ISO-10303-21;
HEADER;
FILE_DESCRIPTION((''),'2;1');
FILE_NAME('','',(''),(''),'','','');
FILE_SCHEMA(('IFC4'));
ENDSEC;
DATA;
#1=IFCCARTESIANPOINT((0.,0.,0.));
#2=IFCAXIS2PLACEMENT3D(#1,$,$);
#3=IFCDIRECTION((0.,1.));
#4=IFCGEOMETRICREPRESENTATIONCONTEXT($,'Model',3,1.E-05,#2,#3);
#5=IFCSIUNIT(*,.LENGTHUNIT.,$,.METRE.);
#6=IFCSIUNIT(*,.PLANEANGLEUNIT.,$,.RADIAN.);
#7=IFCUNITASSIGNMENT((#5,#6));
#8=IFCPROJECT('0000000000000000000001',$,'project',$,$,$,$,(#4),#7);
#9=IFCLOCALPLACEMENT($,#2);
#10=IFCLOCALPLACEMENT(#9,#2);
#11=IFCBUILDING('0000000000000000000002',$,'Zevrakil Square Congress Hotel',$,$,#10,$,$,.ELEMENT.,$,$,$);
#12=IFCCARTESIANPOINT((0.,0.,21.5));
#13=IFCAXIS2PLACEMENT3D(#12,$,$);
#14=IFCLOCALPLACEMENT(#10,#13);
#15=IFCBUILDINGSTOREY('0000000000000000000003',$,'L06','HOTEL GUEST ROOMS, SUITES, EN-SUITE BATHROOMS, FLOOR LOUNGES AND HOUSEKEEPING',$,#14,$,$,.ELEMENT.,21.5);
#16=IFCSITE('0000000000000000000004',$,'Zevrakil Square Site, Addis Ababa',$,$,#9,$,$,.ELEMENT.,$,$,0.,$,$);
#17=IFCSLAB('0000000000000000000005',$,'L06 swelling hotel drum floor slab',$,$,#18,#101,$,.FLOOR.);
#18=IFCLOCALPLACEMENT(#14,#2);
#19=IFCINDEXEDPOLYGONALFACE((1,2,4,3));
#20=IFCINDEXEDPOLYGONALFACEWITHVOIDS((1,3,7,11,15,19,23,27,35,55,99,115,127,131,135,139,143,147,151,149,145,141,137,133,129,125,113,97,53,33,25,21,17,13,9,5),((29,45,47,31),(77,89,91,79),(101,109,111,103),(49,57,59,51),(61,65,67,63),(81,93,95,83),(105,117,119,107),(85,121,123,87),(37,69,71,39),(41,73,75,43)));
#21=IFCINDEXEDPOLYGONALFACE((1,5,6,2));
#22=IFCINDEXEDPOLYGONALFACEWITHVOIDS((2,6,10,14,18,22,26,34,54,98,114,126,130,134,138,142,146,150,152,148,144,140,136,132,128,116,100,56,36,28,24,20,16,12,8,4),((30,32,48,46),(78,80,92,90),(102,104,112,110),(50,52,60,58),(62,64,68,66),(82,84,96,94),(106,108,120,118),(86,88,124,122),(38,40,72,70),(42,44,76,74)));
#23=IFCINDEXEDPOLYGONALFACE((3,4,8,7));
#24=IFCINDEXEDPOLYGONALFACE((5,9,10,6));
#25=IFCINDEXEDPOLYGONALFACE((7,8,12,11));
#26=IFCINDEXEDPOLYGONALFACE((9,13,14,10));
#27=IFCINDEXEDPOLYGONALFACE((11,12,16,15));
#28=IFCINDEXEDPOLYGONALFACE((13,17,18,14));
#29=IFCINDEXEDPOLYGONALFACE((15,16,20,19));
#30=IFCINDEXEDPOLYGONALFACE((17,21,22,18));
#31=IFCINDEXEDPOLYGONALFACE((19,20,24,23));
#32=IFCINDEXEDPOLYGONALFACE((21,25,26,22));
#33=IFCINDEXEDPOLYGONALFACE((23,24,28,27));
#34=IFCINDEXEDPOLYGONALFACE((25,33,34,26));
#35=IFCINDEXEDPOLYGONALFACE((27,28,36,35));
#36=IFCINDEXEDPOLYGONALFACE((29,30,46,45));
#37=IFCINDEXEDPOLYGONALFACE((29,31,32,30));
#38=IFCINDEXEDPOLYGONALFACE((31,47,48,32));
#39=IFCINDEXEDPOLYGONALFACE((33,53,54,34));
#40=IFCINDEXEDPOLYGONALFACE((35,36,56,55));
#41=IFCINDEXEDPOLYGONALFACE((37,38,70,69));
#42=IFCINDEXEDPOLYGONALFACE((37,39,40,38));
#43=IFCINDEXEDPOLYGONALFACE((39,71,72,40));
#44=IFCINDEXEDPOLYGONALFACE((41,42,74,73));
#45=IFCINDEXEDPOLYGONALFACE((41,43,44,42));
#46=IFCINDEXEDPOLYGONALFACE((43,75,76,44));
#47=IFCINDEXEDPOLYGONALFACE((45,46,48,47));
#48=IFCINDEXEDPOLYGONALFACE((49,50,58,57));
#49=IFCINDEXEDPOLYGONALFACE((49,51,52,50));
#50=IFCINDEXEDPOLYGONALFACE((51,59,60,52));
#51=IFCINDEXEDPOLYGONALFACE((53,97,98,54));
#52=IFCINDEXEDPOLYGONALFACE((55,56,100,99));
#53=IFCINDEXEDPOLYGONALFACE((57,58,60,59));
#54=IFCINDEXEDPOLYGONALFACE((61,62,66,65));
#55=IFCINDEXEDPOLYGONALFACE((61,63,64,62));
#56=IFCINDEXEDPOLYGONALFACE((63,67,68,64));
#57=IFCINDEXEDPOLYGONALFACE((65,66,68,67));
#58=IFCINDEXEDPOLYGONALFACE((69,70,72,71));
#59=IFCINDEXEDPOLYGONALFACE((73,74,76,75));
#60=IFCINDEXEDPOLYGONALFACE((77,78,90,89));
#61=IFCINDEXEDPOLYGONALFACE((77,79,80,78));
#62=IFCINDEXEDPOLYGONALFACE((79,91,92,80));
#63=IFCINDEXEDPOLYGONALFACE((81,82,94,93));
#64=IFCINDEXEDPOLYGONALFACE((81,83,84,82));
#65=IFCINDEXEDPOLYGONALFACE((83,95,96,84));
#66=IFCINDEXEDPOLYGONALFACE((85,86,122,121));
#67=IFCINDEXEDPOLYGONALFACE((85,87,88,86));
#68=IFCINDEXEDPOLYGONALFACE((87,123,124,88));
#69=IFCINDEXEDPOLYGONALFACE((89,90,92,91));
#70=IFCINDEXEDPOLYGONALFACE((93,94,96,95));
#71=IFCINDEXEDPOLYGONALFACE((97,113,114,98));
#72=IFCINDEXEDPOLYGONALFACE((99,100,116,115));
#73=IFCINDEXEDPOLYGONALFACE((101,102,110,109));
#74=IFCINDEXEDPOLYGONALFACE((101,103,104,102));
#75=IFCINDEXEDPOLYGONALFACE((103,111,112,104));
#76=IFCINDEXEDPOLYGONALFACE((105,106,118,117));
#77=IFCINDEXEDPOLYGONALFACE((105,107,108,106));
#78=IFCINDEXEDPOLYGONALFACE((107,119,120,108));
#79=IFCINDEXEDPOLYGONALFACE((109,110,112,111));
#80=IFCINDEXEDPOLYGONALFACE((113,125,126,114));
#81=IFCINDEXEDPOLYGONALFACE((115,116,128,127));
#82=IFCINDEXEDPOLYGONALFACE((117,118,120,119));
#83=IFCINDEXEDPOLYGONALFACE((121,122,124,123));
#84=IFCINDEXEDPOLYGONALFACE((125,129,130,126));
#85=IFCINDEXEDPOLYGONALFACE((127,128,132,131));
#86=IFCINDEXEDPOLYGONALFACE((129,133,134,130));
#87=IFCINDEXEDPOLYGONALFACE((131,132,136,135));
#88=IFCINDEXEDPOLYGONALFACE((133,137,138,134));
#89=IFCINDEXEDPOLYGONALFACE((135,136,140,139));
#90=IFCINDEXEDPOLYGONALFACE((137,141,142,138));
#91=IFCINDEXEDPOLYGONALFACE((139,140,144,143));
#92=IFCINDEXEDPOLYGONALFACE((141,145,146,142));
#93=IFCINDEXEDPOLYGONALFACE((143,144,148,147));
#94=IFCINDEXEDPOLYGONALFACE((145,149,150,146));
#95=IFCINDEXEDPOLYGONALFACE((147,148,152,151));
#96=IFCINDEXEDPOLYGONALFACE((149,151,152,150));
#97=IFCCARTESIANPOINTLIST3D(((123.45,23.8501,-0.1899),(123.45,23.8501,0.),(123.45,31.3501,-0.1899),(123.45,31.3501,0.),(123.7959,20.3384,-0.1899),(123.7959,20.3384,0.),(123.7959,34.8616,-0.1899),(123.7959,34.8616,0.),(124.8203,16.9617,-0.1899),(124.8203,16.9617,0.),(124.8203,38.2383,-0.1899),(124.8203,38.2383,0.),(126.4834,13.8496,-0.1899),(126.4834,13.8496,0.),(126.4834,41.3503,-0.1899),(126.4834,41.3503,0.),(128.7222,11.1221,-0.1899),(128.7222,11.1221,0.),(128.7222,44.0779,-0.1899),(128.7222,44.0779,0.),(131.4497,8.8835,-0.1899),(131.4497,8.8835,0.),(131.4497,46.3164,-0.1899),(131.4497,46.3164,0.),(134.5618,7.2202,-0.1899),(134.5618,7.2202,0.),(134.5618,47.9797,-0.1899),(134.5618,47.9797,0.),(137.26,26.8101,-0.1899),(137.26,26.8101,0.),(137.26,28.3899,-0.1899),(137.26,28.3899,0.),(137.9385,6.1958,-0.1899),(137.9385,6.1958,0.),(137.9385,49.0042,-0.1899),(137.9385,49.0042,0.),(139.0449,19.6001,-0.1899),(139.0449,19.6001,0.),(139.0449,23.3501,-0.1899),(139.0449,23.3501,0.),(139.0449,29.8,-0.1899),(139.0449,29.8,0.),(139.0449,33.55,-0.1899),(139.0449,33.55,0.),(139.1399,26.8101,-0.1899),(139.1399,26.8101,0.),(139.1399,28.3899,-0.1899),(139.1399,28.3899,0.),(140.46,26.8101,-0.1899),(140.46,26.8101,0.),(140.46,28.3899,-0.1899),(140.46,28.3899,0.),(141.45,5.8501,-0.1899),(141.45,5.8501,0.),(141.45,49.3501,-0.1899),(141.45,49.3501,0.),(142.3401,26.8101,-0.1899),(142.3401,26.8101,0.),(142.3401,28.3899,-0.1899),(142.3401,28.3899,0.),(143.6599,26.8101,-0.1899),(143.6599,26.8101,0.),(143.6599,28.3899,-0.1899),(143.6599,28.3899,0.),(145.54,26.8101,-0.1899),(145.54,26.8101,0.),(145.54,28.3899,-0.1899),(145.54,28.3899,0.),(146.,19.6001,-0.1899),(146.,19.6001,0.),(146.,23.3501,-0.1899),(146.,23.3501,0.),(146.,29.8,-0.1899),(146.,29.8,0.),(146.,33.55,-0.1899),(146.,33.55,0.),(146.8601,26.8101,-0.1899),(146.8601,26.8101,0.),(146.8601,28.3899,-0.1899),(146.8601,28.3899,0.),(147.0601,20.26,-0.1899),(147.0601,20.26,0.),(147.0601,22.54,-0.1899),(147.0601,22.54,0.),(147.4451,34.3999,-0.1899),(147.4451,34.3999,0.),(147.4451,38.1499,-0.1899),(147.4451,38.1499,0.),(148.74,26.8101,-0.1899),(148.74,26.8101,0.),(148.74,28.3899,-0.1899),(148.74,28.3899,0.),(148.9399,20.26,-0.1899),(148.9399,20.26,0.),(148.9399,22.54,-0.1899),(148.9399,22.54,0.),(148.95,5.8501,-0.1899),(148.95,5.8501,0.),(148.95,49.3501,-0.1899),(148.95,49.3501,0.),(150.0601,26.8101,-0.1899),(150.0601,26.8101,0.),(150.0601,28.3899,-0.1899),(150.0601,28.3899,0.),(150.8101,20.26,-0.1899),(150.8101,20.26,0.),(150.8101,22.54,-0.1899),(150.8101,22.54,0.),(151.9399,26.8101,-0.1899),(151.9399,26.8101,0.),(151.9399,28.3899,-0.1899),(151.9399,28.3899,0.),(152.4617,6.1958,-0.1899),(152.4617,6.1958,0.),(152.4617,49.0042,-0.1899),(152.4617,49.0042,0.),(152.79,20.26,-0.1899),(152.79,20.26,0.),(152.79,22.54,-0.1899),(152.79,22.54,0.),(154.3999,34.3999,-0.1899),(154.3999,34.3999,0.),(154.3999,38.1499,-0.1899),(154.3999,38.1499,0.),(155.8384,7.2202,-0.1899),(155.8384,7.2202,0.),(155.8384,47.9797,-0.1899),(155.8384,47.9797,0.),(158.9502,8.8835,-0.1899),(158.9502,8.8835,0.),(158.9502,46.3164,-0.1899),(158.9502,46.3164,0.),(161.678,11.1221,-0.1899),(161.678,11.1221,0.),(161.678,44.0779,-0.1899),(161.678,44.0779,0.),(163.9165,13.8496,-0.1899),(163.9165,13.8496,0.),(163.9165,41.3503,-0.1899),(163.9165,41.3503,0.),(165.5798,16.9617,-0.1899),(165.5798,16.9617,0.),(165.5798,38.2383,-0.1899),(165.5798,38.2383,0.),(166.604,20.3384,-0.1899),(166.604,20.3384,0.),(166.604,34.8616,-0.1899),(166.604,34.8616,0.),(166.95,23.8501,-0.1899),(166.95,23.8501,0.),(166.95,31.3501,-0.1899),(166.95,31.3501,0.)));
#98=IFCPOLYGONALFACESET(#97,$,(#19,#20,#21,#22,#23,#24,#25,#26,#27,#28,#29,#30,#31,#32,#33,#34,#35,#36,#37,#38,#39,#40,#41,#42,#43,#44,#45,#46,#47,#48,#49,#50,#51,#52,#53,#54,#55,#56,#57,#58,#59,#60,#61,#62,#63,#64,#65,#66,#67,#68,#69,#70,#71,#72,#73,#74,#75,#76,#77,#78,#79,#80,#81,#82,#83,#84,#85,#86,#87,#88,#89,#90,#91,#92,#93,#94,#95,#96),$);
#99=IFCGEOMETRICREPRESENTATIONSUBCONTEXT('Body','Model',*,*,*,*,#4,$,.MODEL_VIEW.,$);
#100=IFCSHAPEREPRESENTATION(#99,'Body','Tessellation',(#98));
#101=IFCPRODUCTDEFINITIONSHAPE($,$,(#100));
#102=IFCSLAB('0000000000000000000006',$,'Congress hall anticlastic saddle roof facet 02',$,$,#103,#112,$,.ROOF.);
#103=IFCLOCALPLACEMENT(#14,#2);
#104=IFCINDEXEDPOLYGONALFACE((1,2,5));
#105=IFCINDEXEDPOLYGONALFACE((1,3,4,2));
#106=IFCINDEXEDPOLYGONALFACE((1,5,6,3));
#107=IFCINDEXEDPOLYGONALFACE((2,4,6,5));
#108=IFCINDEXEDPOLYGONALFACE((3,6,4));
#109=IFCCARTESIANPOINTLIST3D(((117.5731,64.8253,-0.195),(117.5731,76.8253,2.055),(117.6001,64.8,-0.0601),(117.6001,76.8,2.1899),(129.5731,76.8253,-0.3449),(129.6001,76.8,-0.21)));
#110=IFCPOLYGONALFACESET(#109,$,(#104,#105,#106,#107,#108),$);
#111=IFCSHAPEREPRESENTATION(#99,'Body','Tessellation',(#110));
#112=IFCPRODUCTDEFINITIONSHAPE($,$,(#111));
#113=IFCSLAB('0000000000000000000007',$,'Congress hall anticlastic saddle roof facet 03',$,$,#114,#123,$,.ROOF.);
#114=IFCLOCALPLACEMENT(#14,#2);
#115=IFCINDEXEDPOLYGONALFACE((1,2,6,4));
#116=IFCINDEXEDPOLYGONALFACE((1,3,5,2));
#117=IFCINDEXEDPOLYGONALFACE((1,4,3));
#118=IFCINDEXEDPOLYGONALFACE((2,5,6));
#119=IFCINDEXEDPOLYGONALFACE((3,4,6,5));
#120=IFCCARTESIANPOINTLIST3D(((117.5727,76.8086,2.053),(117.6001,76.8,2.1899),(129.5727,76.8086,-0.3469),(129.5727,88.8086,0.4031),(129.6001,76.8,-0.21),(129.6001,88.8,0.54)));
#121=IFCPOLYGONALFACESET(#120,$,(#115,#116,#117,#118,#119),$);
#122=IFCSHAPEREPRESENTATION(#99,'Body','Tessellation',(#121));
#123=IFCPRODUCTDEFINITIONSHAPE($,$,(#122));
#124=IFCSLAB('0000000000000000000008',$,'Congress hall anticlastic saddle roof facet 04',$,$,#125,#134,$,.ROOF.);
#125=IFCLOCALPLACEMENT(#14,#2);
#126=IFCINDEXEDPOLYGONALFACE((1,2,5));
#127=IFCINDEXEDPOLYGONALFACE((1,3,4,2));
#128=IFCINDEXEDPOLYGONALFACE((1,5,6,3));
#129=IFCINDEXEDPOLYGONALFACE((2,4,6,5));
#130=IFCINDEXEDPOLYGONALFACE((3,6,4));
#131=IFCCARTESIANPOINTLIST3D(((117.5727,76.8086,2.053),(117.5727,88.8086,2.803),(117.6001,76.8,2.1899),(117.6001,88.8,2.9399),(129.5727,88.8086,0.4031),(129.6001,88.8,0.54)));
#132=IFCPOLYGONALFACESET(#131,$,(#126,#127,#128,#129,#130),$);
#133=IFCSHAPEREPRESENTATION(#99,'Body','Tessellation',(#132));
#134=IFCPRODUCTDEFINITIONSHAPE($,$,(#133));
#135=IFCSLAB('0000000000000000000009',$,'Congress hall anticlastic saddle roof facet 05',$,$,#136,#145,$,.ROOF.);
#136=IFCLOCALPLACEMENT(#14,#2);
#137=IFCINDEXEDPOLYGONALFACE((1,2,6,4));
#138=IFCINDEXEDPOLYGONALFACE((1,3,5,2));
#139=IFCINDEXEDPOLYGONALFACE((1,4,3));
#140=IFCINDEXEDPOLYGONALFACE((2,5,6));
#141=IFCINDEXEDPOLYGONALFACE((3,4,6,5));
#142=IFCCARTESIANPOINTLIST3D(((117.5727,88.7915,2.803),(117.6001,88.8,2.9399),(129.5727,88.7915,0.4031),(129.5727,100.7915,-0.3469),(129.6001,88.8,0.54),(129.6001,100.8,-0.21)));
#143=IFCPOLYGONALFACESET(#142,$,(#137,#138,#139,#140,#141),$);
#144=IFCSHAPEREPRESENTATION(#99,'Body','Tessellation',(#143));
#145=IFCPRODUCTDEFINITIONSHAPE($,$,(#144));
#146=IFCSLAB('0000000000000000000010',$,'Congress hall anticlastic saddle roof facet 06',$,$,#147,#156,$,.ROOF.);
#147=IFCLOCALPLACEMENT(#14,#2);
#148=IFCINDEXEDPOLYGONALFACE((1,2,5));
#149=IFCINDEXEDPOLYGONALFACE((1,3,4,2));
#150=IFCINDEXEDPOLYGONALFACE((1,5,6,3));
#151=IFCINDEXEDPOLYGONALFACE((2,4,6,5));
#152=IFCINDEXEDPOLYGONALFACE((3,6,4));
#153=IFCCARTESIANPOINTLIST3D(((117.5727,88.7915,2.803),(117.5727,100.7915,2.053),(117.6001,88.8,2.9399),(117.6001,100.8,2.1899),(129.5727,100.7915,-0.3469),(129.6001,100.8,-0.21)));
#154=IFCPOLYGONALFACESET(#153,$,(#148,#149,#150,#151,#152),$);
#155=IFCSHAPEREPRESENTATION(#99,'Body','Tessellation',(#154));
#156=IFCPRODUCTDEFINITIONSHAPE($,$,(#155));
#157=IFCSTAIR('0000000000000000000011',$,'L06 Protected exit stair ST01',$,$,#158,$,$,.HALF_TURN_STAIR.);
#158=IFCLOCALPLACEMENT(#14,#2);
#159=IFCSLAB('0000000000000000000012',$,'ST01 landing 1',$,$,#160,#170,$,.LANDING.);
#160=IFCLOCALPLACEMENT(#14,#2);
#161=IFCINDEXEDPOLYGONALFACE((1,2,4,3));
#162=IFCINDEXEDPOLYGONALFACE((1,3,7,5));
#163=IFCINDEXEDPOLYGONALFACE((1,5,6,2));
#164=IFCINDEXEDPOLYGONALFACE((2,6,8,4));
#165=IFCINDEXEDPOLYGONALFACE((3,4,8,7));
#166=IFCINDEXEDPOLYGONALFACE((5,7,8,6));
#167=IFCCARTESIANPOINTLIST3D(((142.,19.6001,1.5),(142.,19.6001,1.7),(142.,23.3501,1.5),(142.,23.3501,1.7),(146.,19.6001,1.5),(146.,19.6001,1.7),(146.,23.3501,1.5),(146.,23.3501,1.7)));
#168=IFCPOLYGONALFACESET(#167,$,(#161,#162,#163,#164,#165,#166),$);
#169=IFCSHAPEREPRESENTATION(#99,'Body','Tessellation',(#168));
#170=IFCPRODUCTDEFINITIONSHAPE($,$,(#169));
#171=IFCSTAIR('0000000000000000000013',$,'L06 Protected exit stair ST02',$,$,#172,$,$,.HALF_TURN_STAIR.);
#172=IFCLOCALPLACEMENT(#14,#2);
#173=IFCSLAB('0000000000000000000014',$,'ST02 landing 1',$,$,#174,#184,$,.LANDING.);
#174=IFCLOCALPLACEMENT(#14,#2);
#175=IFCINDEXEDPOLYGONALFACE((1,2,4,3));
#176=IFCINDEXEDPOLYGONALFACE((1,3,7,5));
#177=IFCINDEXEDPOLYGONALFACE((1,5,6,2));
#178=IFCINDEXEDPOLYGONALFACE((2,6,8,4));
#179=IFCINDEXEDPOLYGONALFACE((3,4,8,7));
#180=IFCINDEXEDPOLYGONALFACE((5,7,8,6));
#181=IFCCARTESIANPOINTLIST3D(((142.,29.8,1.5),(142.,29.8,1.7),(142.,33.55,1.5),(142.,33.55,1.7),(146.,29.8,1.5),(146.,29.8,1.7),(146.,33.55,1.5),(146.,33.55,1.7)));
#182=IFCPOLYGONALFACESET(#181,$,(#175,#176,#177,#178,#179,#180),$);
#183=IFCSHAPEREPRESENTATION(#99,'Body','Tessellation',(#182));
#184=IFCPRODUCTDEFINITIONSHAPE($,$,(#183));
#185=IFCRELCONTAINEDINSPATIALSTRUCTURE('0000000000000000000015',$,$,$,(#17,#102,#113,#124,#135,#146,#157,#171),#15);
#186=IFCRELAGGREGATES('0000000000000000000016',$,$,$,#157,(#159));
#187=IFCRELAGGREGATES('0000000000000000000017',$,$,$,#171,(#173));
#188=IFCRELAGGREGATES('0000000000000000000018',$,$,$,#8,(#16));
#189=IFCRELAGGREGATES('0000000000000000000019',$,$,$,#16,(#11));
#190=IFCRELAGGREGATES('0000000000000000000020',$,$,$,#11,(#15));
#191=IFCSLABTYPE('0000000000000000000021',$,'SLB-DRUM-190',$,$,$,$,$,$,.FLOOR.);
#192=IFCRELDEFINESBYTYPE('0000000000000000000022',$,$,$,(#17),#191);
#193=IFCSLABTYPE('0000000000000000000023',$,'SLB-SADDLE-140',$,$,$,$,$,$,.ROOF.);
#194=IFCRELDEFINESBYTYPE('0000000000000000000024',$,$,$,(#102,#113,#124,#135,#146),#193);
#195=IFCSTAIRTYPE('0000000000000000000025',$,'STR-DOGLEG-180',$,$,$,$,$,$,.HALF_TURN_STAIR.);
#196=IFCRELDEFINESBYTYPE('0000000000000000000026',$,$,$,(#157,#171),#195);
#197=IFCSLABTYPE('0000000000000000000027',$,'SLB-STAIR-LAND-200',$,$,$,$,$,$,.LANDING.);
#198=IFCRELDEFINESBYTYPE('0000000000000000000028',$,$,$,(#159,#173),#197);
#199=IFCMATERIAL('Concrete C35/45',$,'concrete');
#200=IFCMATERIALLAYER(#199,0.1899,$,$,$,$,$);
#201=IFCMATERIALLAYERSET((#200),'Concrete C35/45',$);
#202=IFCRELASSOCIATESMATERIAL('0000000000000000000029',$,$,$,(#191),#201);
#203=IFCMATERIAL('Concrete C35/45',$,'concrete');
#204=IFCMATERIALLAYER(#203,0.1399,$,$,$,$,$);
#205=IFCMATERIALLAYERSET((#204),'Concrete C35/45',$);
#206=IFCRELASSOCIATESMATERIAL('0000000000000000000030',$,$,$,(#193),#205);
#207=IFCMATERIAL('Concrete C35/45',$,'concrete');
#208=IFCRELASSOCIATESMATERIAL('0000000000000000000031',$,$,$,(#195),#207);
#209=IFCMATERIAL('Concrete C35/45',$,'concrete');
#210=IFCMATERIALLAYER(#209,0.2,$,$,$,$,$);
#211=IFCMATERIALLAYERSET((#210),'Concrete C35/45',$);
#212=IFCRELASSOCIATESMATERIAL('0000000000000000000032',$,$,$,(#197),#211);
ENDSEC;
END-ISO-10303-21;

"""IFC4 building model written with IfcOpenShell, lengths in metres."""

from ifc_helpers import new_model, si_unit, direction, frame, origin, place, context, subcontext, project, spatial, polyline, outline, extrude, material, layer, layer_set, type_object, element, aggregate, save


model = new_model("IFC4")

# Units and contexts
model_context = context("Model", 3, precision=1e-05, world=origin(), true_north=direction((0.0, 1.0)))
body_context = subcontext(model_context, "Body", "Model", "MODEL_VIEW")
ifc_project = project(units=[si_unit("LENGTHUNIT", "METRE"), si_unit("PLANEANGLEUNIT", "RADIAN")], contexts=[model_context])

# Site, building, storey
site_placement = place(None, origin())
site = spatial("IfcSite", under=ifc_project, at=site_placement, Name="Zevrakil Square Site, Addis Ababa", CompositionType="ELEMENT", RefElevation=0.0)
building_placement = place(site_placement, origin())
building = spatial("IfcBuilding", under=site, at=building_placement, Name="Zevrakil Square Congress Hotel", CompositionType="ELEMENT")
storey_placement = place(building_placement, frame((0.0, 0.0, 21.5)))
storey = spatial("IfcBuildingStorey", under=building, at=storey_placement, Name="L06", Description="HOTEL GUEST ROOMS, SUITES, EN-SUITE BATHROOMS, FLOOR LOUNGES AND HOUSEKEEPING", CompositionType="ELEMENT", Elevation=21.5)

# Slabs
ifc_material_1 = material(Name="Concrete C35/45", Category="concrete")
ifc_layer_1 = layer(ifc_material_1, 0.1899)
ifc_layer_set_1 = layer_set([ifc_layer_1], Name="Concrete C35/45")
slab_type_1 = type_object("IfcSlabType", Name="SLB-DRUM-190", PredefinedType="FLOOR", material=ifc_layer_set_1)
slab_1_placement = place(storey_placement, frame((0.0, 0.0, -0.1899)))
element("IfcSlab", 1, at=slab_1_placement, inside=storey, type_object=slab_type_1, Name="L06 swelling hotel drum floor slab", PredefinedType="FLOOR", context=body_context, shape_type="SweptSolid", body=[
    extrude(outline(polyline([(148.95, 5.8501), (152.4617, 6.1958), (155.8384, 7.2202), (158.9502, 8.8835), (161.678, 11.1221), (163.9165, 13.8496), (165.5798, 16.9617), (166.604, 20.3384), (166.95, 23.8501), (166.95, 31.3501), (166.604, 34.8616), (165.5798, 38.2383), (163.9165, 41.3503), (161.678, 44.0779), (158.9502, 46.3164), (155.8384, 47.9797), (152.4617, 49.0042), (148.95, 49.3501), (141.45, 49.3501), (137.9385, 49.0042), (134.5618, 47.9797), (131.4497, 46.3164), (128.7222, 44.0779), (126.4834, 41.3503), (124.8203, 38.2383), (123.7959, 34.8616), (123.45, 31.3501), (123.45, 23.8501), (123.7959, 20.3384), (124.8203, 16.9617), (126.4834, 13.8496), (128.7222, 11.1221), (131.4497, 8.8835), (134.5618, 7.2202), (137.9385, 6.1958), (141.45, 5.8501), (148.95, 5.8501)]), holes=[polyline([(139.0449, 19.6001), (146.0, 19.6001), (146.0, 23.3501), (139.0449, 23.3501), (139.0449, 19.6001)]), polyline([(139.0449, 29.8), (146.0, 29.8), (146.0, 33.55), (139.0449, 33.55), (139.0449, 29.8)]), polyline([(147.4451, 34.3999), (154.3999, 34.3999), (154.3999, 38.1499), (147.4451, 38.1499), (147.4451, 34.3999)]), polyline([(137.26, 26.8101), (139.1399, 26.8101), (139.1399, 28.3899), (137.26, 28.3899), (137.26, 26.8101)]), polyline([(140.46, 26.8101), (142.3401, 26.8101), (142.3401, 28.3899), (140.46, 28.3899), (140.46, 26.8101)]), polyline([(143.6599, 26.8101), (145.54, 26.8101), (145.54, 28.3899), (143.6599, 28.3899), (143.6599, 26.8101)]), polyline([(146.8601, 26.8101), (148.74, 26.8101), (148.74, 28.3899), (146.8601, 28.3899), (146.8601, 26.8101)]), polyline([(150.0601, 26.8101), (151.9399, 26.8101), (151.9399, 28.3899), (150.0601, 28.3899), (150.0601, 26.8101)]), polyline([(147.0601, 20.26), (148.9399, 20.26), (148.9399, 22.54), (147.0601, 22.54), (147.0601, 20.26)]), polyline([(150.8101, 20.26), (152.79, 20.26), (152.79, 22.54), (150.8101, 22.54), (150.8101, 20.26)])]), origin(), (0.0, 0.0, 1.0), 0.1899),
])
ifc_material_2 = material(Name="Concrete C35/45", Category="concrete")
ifc_layer_2 = layer(ifc_material_2, 0.1399)
ifc_layer_set_2 = layer_set([ifc_layer_2], Name="Concrete C35/45")
slab_type_2 = type_object("IfcSlabType", Name="SLB-SADDLE-140", PredefinedType="ROOF", material=ifc_layer_set_2)
slab_2_placement = place(storey_placement, frame((117.6001, 64.8, -0.0601), z_axis=(0.192876, -0.180828, 0.964417), x_axis=(0.707079, 0.707079, -0.008833)))
element("IfcSlab", 2, at=slab_2_placement, inside=storey, type_object=slab_type_2, Name="Congress hall anticlastic saddle roof facet 02", PredefinedType="ROOF", context=body_context, shape_type="SweptSolid", body=[
    extrude(outline(polyline([(0.0, 0.0), (16.9712, 0.0), (8.4651, 8.798), (0.0, 0.0)])), origin(), (0.0, 0.0, -1.0), 0.1399),
])
slab_3_placement = place(storey_placement, frame((117.6001, 76.8, 2.1899), z_axis=(0.195741, -0.061172, 0.978746), x_axis=(0.980582, 0.0, -0.196108)))
element("IfcSlab", 3, at=slab_3_placement, inside=storey, type_object=slab_type_2, Name="Congress hall anticlastic saddle roof facet 03", PredefinedType="ROOF", context=body_context, shape_type="SweptSolid", body=[
    extrude(outline(polyline([(0.0, 0.0), (12.2376, 0.0), (12.0905, 12.0225), (0.0, 0.0)])), origin(), (0.0, 0.0, -1.0), 0.1399),
])
slab_4_placement = place(storey_placement, frame((117.6001, 76.8, 2.1899), z_axis=(0.195741, -0.061172, 0.978746), x_axis=(0.703788, 0.703788, -0.096765)))
element("IfcSlab", 4, at=slab_4_placement, inside=storey, type_object=slab_type_2, Name="Congress hall anticlastic saddle roof facet 04", PredefinedType="ROOF", context=body_context, shape_type="SweptSolid", body=[
    extrude(outline(polyline([(0.0, 0.0), (17.0506, 0.0), (8.3729, 8.6289), (0.0, 0.0)])), origin(), (0.0, 0.0, -1.0), 0.1399),
])
slab_5_placement = place(storey_placement, frame((117.6001, 88.8, 2.9399), z_axis=(0.195741, 0.061172, 0.978746), x_axis=(0.980582, 0.0, -0.196108)))
element("IfcSlab", 5, at=slab_5_placement, inside=storey, type_object=slab_type_2, Name="Congress hall anticlastic saddle roof facet 05", PredefinedType="ROOF", context=body_context, shape_type="SweptSolid", body=[
    extrude(outline(polyline([(0.0, 0.0), (12.2376, 0.0), (12.3847, 12.0225), (0.0, 0.0)])), origin(), (0.0, 0.0, -1.0), 0.1399),
])
slab_6_placement = place(storey_placement, frame((117.6001, 88.8, 2.9399), z_axis=(0.195741, 0.061172, 0.978746), x_axis=(0.695232, 0.695232, -0.182493)))
element("IfcSlab", 6, at=slab_6_placement, inside=storey, type_object=slab_type_2, Name="Congress hall anticlastic saddle roof facet 06", PredefinedType="ROOF", context=body_context, shape_type="SweptSolid", body=[
    extrude(outline(polyline([(0.0, 0.0), (17.2604, 0.0), (8.4797, 8.524), (0.0, 0.0)])), origin(), (0.0, 0.0, -1.0), 0.1399),
])

# Stairs, slabs
ifc_material_3 = material(Name="Concrete C35/45", Category="concrete")
stair_type = type_object("IfcStairType", Name="STR-DOGLEG-180", PredefinedType="HALF_TURN_STAIR", material=ifc_material_3)
stair_1_placement = place(storey_placement, origin())
stair_1 = element("IfcStair", 7, at=stair_1_placement, inside=storey, type_object=stair_type, Name="L06 Protected exit stair ST01", PredefinedType="HALF_TURN_STAIR")
ifc_material_4 = material(Name="Concrete C35/45", Category="concrete")
ifc_layer_3 = layer(ifc_material_4, 0.2)
ifc_layer_set_3 = layer_set([ifc_layer_3], Name="Concrete C35/45")
slab_type_3 = type_object("IfcSlabType", Name="SLB-STAIR-LAND-200", PredefinedType="LANDING", material=ifc_layer_set_3)
slab_7_placement = place(storey_placement, frame((0.0, 0.0, 1.5)))
slab_7 = element("IfcSlab", 8, at=slab_7_placement, type_object=slab_type_3, Name="ST01 landing 1", PredefinedType="LANDING", context=body_context, shape_type="SweptSolid", body=[
    extrude(outline(polyline([(142.0, 19.6001), (146.0, 19.6001), (146.0, 23.3501), (142.0, 23.3501), (142.0, 19.6001)])), origin(), (0.0, 0.0, 1.0), 0.2),
])
aggregate(stair_1, [slab_7])
stair_2_placement = place(storey_placement, origin())
stair_2 = element("IfcStair", 9, at=stair_2_placement, inside=storey, type_object=stair_type, Name="L06 Protected exit stair ST02", PredefinedType="HALF_TURN_STAIR")
slab_8_placement = place(storey_placement, frame((0.0, 0.0, 1.5)))
slab_8 = element("IfcSlab", 10, at=slab_8_placement, type_object=slab_type_3, Name="ST02 landing 1", PredefinedType="LANDING", context=body_context, shape_type="SweptSolid", body=[
    extrude(outline(polyline([(142.0, 29.8), (146.0, 29.8), (146.0, 33.55), (142.0, 33.55), (142.0, 29.8)])), origin(), (0.0, 0.0, 1.0), 0.2),
])
aggregate(stair_2, [slab_8])

save(model, "model.ifc")
